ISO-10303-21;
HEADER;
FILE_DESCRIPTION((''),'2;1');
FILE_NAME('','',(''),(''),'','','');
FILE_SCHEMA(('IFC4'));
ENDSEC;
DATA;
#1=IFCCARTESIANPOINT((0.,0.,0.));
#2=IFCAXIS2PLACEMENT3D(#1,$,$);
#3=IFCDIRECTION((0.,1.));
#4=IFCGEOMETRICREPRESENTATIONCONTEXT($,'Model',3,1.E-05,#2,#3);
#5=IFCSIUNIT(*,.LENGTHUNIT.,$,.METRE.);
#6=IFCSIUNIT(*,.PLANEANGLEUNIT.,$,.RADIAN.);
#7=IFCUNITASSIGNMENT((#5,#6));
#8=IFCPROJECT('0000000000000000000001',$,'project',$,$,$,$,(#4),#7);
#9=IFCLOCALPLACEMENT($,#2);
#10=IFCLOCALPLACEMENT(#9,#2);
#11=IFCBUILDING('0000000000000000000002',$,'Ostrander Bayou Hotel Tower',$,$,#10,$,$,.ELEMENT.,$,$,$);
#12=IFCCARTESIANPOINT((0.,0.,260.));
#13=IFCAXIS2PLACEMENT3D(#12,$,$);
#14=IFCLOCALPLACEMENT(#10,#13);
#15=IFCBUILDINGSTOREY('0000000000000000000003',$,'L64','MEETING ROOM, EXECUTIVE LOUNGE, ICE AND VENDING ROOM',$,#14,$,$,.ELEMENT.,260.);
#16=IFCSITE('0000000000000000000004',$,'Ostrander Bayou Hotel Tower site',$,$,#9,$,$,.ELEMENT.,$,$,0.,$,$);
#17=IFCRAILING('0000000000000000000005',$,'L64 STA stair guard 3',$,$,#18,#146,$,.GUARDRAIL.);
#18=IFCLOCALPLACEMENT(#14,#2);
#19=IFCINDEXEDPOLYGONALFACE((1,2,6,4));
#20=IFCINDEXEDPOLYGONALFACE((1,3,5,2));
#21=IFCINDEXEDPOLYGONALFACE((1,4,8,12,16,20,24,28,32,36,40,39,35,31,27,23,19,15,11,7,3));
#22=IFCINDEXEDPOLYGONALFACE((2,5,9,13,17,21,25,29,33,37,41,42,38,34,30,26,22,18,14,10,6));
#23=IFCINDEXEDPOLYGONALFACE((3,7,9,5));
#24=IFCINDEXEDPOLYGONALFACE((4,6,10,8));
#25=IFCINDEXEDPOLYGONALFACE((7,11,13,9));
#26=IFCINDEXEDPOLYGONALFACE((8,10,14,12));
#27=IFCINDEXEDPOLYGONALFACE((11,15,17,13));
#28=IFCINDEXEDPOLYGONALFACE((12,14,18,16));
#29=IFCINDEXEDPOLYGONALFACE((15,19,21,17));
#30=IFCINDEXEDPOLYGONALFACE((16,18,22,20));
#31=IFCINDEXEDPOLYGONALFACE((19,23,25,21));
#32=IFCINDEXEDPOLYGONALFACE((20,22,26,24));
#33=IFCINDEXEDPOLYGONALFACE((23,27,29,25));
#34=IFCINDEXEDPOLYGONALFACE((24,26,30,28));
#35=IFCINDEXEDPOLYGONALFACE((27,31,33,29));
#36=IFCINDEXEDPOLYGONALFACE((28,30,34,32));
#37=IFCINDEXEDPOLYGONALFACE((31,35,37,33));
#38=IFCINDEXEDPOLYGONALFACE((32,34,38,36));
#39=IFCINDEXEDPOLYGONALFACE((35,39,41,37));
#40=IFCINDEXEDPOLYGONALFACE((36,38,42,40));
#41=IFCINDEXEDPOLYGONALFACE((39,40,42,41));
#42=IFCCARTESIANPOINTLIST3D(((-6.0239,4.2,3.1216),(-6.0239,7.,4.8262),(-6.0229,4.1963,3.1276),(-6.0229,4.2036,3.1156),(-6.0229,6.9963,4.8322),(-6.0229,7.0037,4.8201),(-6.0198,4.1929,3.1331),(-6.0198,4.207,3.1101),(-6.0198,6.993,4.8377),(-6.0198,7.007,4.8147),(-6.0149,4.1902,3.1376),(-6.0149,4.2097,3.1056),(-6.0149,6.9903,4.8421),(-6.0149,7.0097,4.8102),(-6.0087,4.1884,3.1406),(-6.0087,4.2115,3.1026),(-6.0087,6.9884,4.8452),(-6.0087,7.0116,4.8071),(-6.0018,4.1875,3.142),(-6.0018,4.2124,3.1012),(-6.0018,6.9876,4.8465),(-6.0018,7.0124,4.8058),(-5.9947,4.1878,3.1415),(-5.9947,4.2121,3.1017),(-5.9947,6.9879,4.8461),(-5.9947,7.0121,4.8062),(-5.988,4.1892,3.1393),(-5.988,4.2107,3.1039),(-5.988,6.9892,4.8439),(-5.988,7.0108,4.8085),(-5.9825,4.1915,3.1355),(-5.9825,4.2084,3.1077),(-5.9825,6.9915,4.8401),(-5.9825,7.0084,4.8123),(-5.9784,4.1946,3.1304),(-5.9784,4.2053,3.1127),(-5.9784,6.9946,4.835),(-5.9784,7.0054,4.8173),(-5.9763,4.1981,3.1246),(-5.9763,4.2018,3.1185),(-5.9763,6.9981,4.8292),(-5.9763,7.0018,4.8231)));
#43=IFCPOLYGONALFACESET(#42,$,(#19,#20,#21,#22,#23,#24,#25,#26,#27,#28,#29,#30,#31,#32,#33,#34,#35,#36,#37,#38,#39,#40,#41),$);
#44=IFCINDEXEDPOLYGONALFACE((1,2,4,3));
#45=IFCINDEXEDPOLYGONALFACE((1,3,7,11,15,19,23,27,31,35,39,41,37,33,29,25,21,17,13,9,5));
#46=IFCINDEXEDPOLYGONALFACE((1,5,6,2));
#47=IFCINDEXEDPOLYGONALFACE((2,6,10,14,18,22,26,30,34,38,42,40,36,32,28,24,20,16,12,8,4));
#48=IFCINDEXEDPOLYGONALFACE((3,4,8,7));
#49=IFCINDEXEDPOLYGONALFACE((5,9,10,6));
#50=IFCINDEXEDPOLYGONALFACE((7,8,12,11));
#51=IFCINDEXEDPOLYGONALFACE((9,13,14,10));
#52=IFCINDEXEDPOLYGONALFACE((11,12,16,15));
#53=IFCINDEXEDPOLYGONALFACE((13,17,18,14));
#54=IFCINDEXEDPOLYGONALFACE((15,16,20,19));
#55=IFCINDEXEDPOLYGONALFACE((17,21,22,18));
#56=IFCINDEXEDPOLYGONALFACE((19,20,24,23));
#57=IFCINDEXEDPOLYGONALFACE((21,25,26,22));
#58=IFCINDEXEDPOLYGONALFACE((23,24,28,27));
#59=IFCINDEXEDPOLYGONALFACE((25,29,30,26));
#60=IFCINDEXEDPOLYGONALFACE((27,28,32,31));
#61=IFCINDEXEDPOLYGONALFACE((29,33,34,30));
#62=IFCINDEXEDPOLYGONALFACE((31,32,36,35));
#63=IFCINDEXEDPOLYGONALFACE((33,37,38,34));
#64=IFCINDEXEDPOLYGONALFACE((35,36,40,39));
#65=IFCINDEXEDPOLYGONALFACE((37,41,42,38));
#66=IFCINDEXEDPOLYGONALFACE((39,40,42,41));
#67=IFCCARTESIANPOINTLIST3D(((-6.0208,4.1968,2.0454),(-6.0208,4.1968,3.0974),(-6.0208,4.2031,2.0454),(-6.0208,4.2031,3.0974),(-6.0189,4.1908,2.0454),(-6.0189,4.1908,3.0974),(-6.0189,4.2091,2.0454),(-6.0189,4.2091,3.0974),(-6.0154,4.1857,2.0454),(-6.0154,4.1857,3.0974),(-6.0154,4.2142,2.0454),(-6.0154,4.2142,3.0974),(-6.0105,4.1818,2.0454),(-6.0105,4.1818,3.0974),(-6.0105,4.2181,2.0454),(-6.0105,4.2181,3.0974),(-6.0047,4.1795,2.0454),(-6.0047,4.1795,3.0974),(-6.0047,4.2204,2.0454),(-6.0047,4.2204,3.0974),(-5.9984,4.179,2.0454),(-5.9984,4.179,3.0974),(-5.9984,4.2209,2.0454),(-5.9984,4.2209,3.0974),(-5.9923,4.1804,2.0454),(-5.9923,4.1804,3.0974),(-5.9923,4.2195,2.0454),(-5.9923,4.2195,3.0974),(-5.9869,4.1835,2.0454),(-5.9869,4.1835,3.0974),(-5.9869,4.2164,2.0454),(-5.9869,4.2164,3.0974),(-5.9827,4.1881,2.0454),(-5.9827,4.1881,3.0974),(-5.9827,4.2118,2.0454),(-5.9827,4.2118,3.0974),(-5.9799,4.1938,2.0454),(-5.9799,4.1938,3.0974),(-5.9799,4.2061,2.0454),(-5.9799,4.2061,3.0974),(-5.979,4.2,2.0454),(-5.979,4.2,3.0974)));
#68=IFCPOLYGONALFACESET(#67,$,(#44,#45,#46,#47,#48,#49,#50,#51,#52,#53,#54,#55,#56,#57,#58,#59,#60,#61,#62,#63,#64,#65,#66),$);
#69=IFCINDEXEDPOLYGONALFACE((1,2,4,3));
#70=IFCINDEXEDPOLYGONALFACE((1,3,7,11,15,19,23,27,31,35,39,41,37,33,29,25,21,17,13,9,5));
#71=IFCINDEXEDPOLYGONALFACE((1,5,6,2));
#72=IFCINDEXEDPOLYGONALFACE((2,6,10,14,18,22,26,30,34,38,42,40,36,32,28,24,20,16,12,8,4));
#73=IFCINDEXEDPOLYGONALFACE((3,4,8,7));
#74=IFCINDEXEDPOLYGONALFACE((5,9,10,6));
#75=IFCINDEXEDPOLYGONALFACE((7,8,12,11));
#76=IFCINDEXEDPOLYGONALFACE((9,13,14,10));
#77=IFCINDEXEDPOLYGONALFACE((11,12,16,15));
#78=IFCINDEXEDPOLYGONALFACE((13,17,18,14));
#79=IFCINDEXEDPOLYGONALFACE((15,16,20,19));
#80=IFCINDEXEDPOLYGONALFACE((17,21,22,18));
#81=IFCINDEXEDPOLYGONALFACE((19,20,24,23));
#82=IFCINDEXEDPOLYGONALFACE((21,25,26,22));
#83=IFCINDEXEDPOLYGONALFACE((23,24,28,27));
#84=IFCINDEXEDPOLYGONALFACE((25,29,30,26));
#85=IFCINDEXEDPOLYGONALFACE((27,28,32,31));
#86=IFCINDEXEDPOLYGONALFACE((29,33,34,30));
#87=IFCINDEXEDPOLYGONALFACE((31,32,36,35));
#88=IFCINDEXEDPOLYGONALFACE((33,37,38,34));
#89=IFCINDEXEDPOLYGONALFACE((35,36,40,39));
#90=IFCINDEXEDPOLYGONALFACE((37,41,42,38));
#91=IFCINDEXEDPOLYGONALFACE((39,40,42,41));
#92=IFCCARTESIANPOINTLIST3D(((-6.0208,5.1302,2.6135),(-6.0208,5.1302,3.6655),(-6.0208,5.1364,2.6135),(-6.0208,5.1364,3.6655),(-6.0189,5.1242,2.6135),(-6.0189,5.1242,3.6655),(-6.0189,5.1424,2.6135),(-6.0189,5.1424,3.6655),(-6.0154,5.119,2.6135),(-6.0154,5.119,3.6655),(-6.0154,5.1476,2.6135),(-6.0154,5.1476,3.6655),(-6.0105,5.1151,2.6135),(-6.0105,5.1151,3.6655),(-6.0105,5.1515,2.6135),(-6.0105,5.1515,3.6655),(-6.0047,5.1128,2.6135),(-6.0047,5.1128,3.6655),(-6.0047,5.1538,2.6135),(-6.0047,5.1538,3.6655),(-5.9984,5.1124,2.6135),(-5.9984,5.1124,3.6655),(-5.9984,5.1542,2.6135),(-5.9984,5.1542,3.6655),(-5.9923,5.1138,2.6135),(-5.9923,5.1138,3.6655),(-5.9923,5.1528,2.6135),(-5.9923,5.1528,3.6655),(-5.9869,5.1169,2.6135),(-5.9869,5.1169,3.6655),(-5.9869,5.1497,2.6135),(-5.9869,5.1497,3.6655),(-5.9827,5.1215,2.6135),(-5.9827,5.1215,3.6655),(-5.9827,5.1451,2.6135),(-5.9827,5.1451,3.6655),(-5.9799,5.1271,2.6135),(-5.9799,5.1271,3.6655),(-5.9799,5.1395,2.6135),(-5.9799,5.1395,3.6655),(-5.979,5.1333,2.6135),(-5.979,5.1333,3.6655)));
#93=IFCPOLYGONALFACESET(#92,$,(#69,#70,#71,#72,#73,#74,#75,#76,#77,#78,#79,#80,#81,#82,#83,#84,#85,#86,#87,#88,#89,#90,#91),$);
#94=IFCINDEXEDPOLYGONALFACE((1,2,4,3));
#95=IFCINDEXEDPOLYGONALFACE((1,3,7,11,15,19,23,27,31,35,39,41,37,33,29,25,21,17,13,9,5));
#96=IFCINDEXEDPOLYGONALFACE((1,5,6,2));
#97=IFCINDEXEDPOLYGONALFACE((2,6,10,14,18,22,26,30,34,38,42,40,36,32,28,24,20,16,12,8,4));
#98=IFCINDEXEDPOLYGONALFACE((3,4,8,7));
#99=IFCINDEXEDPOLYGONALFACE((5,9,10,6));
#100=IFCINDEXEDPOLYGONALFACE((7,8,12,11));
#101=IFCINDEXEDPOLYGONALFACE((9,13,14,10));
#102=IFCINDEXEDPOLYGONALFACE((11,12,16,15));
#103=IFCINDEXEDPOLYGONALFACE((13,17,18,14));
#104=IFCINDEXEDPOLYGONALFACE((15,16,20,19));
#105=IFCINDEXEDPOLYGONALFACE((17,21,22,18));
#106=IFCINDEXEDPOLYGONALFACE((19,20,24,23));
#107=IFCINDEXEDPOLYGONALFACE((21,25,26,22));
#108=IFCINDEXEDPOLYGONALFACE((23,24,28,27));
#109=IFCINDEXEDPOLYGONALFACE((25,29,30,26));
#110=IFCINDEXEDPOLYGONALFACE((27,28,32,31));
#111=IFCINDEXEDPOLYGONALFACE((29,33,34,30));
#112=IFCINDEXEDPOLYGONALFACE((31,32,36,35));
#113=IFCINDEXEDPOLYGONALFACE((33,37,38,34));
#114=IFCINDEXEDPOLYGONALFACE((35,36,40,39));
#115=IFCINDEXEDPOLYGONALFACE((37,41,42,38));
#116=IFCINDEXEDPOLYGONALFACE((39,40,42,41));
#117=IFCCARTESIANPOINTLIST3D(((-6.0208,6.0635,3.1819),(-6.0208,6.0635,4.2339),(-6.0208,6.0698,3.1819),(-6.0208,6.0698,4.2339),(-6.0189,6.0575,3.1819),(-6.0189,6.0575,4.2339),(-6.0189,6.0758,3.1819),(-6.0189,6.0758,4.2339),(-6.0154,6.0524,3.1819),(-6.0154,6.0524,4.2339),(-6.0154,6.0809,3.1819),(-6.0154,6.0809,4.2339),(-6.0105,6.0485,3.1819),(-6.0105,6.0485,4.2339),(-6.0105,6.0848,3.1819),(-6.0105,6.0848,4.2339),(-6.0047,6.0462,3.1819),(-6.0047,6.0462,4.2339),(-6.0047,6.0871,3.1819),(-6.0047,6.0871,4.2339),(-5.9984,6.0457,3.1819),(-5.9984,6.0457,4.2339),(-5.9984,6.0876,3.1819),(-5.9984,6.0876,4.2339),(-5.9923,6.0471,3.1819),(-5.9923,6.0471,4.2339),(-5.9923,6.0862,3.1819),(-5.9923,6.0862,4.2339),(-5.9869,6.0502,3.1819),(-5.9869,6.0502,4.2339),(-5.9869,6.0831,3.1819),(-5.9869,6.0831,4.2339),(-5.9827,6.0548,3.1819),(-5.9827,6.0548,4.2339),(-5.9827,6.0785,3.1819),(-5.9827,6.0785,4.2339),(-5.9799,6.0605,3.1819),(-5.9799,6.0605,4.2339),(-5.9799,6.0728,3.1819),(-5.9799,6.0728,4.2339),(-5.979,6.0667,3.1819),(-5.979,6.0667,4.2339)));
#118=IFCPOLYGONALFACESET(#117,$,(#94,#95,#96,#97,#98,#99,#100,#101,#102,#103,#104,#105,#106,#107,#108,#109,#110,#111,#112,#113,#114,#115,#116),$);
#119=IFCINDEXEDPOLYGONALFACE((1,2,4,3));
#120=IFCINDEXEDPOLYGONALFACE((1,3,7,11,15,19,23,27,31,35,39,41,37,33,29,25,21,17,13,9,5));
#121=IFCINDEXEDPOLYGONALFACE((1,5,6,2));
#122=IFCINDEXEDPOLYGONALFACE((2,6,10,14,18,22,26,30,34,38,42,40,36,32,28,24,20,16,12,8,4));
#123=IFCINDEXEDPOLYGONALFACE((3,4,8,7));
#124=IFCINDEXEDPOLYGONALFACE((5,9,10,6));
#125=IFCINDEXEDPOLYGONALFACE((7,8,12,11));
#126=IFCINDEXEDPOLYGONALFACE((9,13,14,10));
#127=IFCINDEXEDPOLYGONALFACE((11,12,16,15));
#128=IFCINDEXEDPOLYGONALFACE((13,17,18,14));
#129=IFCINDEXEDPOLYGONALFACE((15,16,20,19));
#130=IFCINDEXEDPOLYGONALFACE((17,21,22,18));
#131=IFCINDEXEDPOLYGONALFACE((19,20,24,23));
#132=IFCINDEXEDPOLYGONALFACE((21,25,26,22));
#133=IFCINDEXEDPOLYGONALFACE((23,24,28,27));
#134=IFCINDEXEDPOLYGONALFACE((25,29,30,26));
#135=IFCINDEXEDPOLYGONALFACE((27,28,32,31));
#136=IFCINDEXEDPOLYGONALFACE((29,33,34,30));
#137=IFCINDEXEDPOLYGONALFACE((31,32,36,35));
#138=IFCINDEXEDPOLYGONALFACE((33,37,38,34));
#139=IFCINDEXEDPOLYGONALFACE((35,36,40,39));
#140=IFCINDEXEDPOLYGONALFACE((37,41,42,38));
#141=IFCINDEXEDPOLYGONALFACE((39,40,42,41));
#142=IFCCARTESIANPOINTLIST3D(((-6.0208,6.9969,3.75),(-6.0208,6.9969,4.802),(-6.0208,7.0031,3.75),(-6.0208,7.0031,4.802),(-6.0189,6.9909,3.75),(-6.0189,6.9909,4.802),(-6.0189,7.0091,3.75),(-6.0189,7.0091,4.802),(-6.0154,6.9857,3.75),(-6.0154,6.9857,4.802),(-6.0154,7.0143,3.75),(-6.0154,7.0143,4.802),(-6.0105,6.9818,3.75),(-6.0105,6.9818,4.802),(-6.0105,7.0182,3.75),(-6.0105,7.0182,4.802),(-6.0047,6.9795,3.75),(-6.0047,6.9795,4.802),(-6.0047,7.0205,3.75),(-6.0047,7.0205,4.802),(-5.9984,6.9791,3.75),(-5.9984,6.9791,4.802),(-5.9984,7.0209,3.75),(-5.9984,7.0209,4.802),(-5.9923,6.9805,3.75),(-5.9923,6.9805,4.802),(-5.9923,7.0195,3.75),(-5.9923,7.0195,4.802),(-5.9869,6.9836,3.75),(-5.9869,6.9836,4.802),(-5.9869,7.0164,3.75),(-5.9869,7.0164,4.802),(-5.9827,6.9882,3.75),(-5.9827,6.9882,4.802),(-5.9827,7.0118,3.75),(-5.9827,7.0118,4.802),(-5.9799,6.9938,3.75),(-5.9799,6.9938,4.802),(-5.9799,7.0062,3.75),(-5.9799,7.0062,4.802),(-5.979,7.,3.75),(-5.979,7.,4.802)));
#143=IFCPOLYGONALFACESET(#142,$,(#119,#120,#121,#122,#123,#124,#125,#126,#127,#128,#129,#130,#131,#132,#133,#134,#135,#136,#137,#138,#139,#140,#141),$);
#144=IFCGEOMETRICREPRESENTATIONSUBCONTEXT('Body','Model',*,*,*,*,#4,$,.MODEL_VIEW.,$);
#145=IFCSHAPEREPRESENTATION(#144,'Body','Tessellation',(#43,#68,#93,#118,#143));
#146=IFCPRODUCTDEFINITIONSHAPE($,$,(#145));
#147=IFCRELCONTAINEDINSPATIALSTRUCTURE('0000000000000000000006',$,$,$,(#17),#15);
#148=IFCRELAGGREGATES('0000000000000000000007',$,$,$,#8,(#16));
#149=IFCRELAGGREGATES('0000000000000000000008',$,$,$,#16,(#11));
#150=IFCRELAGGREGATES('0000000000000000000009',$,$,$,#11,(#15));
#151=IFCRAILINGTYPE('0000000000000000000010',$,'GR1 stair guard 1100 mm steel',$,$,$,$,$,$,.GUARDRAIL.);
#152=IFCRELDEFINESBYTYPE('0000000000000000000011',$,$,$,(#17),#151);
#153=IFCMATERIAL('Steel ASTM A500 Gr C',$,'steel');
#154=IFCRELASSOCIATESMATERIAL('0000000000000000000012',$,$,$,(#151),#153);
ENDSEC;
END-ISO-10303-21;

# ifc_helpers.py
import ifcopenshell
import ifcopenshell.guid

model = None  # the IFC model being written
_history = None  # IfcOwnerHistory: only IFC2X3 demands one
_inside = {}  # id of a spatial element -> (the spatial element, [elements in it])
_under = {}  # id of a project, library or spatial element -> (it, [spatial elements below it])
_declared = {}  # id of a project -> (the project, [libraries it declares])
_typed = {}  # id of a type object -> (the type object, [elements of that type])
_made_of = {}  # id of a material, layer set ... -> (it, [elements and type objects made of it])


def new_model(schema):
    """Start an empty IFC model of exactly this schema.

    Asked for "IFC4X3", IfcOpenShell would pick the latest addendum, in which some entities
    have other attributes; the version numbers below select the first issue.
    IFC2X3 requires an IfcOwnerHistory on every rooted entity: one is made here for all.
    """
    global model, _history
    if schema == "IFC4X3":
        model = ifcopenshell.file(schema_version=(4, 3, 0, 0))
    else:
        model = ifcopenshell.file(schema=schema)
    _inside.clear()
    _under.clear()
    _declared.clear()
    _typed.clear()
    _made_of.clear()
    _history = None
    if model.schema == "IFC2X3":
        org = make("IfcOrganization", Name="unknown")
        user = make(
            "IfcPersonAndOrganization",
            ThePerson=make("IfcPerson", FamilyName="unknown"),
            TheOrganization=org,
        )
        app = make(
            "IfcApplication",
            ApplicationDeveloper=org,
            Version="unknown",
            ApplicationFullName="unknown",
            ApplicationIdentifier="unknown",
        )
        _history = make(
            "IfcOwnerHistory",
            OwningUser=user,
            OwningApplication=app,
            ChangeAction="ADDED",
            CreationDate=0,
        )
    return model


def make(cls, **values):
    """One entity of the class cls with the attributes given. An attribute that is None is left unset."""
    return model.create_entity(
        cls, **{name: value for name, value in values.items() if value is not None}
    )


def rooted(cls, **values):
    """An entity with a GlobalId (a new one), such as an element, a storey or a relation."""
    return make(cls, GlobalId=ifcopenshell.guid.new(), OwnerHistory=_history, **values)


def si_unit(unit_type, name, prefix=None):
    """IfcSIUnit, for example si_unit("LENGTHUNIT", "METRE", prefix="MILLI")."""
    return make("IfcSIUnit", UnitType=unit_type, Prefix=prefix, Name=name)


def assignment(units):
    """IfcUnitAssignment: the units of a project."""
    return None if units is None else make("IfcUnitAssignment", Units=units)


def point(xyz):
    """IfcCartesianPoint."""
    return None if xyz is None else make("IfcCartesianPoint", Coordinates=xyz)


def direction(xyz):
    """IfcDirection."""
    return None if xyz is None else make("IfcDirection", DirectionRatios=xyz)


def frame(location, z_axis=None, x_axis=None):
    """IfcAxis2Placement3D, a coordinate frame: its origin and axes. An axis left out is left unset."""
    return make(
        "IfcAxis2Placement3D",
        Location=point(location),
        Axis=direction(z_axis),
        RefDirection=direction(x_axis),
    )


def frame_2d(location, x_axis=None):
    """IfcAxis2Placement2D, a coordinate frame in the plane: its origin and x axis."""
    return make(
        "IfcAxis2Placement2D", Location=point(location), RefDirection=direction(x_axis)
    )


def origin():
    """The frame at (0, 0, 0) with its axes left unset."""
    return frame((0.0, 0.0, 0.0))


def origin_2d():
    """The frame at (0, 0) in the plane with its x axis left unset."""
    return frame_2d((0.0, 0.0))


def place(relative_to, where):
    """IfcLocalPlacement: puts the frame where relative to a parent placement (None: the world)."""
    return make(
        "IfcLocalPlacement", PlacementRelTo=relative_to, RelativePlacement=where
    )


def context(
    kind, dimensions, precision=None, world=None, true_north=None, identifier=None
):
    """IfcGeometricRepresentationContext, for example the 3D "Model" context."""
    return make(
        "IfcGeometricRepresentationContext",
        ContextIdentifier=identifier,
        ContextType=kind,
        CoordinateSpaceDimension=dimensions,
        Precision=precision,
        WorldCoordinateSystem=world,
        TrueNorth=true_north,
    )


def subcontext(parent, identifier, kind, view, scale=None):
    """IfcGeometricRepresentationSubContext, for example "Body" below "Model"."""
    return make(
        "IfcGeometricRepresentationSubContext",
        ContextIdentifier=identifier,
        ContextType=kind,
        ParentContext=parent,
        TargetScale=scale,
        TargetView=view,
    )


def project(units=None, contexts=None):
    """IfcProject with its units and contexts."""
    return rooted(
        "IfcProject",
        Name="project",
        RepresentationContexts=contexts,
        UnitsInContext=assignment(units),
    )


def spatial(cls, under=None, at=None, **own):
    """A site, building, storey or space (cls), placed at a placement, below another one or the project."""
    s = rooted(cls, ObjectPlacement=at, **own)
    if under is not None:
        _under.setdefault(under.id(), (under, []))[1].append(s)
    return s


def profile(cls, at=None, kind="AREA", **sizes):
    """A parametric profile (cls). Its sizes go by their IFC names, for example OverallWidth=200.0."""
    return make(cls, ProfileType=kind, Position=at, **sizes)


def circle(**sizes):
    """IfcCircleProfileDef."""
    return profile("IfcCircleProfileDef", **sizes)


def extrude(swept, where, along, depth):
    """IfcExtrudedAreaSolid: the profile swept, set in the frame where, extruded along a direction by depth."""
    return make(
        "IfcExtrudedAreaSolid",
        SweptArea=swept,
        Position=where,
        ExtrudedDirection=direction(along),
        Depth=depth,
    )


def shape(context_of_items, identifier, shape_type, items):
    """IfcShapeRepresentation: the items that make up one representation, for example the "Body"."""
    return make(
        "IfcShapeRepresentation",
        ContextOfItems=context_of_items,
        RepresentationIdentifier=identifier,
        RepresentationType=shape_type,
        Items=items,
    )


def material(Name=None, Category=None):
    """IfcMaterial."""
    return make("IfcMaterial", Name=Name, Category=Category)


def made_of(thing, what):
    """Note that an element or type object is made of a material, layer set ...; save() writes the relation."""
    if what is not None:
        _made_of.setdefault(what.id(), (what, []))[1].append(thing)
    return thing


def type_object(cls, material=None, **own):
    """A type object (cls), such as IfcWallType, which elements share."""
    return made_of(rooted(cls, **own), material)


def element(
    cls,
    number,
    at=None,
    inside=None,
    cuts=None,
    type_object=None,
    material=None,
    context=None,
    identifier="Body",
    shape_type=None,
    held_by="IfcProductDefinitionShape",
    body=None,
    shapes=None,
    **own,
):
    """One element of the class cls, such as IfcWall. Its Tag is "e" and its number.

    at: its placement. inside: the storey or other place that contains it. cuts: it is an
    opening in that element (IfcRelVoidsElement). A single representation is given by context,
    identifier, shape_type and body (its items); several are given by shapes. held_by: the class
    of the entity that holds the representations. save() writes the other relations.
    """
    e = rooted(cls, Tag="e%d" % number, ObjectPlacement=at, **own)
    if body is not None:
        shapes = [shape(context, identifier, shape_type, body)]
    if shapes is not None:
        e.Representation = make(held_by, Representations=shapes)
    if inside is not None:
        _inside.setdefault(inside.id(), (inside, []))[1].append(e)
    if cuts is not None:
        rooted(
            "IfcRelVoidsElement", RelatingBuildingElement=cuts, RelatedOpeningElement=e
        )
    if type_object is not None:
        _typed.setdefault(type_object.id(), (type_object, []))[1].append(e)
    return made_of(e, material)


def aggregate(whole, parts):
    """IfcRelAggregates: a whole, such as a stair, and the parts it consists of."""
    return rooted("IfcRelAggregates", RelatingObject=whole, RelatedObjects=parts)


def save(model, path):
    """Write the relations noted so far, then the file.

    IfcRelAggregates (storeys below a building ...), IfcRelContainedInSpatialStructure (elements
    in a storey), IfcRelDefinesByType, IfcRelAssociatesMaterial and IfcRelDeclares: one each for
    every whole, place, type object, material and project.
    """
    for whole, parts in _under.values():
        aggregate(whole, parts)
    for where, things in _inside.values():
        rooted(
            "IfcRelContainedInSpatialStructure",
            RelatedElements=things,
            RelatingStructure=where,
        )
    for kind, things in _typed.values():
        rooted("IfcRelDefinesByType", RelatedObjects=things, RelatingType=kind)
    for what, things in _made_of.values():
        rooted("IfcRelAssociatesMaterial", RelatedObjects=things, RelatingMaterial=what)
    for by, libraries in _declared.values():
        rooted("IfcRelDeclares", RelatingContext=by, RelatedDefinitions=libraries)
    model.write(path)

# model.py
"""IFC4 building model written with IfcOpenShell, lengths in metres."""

from ifc_helpers import new_model, si_unit, direction, frame, origin, origin_2d, place, context, subcontext, project, spatial, circle, extrude, material, type_object, element, save


model = new_model("IFC4")

# Units and contexts
model_context = context("Model", 3, precision=1e-05, world=origin(), true_north=direction((0.0, 1.0)))
body_context = subcontext(model_context, "Body", "Model", "MODEL_VIEW")
ifc_project = project(units=[si_unit("LENGTHUNIT", "METRE"), si_unit("PLANEANGLEUNIT", "RADIAN")], contexts=[model_context])

# Site, building, storey
site_placement = place(None, origin())
site = spatial("IfcSite", under=ifc_project, at=site_placement, Name="Ostrander Bayou Hotel Tower site", CompositionType="ELEMENT", RefElevation=0.0)
building_placement = place(site_placement, origin())
building = spatial("IfcBuilding", under=site, at=building_placement, Name="Ostrander Bayou Hotel Tower", CompositionType="ELEMENT")
storey_placement = place(building_placement, frame((0.0, 0.0, 260.0)))
storey = spatial("IfcBuildingStorey", under=building, at=storey_placement, Name="L64", Description="MEETING ROOM, EXECUTIVE LOUNGE, ICE AND VENDING ROOM", CompositionType="ELEMENT", Elevation=260.0)

# Railing
ifc_material_1 = material(Name="Steel ASTM A500 Gr C", Category="steel")
railing_type_1 = type_object("IfcRailingType", Name="GR1 stair guard 1100 mm steel", PredefinedType="GUARDRAIL", material=ifc_material_1)
railing_1_placement = place(storey_placement, frame((-6.0, 4.2, 2.0454)))
element("IfcRailing", 1, at=railing_1_placement, inside=storey, type_object=railing_type_1, Name="L64 STA stair guard 3", PredefinedType="GUARDRAIL", context=body_context, shape_type="SweptSolid", body=[
    extrude(circle(Radius=0.0239, at=origin_2d()), frame((0.0, 0.0, 1.0762), z_axis=(0.0, 0.85417, 0.519994), x_axis=(-1.0, 0.0, 0.0)), (0.0, 0.0, 1.0), 3.2781),
    extrude(circle(Radius=0.021, at=origin_2d()), origin(), (0.0, 0.0, 1.0), 1.052),
    extrude(circle(Radius=0.021, at=origin_2d()), frame((0.0, 0.9333, 0.5681)), (0.0, 0.0, 1.0), 1.052),
    extrude(circle(Radius=0.021, at=origin_2d()), frame((0.0, 1.8667, 1.1365)), (0.0, 0.0, 1.0), 1.052),
    extrude(circle(Radius=0.021, at=origin_2d()), frame((0.0, 2.8, 1.7046)), (0.0, 0.0, 1.0), 1.052),
])

save(model, "model.ifc")
